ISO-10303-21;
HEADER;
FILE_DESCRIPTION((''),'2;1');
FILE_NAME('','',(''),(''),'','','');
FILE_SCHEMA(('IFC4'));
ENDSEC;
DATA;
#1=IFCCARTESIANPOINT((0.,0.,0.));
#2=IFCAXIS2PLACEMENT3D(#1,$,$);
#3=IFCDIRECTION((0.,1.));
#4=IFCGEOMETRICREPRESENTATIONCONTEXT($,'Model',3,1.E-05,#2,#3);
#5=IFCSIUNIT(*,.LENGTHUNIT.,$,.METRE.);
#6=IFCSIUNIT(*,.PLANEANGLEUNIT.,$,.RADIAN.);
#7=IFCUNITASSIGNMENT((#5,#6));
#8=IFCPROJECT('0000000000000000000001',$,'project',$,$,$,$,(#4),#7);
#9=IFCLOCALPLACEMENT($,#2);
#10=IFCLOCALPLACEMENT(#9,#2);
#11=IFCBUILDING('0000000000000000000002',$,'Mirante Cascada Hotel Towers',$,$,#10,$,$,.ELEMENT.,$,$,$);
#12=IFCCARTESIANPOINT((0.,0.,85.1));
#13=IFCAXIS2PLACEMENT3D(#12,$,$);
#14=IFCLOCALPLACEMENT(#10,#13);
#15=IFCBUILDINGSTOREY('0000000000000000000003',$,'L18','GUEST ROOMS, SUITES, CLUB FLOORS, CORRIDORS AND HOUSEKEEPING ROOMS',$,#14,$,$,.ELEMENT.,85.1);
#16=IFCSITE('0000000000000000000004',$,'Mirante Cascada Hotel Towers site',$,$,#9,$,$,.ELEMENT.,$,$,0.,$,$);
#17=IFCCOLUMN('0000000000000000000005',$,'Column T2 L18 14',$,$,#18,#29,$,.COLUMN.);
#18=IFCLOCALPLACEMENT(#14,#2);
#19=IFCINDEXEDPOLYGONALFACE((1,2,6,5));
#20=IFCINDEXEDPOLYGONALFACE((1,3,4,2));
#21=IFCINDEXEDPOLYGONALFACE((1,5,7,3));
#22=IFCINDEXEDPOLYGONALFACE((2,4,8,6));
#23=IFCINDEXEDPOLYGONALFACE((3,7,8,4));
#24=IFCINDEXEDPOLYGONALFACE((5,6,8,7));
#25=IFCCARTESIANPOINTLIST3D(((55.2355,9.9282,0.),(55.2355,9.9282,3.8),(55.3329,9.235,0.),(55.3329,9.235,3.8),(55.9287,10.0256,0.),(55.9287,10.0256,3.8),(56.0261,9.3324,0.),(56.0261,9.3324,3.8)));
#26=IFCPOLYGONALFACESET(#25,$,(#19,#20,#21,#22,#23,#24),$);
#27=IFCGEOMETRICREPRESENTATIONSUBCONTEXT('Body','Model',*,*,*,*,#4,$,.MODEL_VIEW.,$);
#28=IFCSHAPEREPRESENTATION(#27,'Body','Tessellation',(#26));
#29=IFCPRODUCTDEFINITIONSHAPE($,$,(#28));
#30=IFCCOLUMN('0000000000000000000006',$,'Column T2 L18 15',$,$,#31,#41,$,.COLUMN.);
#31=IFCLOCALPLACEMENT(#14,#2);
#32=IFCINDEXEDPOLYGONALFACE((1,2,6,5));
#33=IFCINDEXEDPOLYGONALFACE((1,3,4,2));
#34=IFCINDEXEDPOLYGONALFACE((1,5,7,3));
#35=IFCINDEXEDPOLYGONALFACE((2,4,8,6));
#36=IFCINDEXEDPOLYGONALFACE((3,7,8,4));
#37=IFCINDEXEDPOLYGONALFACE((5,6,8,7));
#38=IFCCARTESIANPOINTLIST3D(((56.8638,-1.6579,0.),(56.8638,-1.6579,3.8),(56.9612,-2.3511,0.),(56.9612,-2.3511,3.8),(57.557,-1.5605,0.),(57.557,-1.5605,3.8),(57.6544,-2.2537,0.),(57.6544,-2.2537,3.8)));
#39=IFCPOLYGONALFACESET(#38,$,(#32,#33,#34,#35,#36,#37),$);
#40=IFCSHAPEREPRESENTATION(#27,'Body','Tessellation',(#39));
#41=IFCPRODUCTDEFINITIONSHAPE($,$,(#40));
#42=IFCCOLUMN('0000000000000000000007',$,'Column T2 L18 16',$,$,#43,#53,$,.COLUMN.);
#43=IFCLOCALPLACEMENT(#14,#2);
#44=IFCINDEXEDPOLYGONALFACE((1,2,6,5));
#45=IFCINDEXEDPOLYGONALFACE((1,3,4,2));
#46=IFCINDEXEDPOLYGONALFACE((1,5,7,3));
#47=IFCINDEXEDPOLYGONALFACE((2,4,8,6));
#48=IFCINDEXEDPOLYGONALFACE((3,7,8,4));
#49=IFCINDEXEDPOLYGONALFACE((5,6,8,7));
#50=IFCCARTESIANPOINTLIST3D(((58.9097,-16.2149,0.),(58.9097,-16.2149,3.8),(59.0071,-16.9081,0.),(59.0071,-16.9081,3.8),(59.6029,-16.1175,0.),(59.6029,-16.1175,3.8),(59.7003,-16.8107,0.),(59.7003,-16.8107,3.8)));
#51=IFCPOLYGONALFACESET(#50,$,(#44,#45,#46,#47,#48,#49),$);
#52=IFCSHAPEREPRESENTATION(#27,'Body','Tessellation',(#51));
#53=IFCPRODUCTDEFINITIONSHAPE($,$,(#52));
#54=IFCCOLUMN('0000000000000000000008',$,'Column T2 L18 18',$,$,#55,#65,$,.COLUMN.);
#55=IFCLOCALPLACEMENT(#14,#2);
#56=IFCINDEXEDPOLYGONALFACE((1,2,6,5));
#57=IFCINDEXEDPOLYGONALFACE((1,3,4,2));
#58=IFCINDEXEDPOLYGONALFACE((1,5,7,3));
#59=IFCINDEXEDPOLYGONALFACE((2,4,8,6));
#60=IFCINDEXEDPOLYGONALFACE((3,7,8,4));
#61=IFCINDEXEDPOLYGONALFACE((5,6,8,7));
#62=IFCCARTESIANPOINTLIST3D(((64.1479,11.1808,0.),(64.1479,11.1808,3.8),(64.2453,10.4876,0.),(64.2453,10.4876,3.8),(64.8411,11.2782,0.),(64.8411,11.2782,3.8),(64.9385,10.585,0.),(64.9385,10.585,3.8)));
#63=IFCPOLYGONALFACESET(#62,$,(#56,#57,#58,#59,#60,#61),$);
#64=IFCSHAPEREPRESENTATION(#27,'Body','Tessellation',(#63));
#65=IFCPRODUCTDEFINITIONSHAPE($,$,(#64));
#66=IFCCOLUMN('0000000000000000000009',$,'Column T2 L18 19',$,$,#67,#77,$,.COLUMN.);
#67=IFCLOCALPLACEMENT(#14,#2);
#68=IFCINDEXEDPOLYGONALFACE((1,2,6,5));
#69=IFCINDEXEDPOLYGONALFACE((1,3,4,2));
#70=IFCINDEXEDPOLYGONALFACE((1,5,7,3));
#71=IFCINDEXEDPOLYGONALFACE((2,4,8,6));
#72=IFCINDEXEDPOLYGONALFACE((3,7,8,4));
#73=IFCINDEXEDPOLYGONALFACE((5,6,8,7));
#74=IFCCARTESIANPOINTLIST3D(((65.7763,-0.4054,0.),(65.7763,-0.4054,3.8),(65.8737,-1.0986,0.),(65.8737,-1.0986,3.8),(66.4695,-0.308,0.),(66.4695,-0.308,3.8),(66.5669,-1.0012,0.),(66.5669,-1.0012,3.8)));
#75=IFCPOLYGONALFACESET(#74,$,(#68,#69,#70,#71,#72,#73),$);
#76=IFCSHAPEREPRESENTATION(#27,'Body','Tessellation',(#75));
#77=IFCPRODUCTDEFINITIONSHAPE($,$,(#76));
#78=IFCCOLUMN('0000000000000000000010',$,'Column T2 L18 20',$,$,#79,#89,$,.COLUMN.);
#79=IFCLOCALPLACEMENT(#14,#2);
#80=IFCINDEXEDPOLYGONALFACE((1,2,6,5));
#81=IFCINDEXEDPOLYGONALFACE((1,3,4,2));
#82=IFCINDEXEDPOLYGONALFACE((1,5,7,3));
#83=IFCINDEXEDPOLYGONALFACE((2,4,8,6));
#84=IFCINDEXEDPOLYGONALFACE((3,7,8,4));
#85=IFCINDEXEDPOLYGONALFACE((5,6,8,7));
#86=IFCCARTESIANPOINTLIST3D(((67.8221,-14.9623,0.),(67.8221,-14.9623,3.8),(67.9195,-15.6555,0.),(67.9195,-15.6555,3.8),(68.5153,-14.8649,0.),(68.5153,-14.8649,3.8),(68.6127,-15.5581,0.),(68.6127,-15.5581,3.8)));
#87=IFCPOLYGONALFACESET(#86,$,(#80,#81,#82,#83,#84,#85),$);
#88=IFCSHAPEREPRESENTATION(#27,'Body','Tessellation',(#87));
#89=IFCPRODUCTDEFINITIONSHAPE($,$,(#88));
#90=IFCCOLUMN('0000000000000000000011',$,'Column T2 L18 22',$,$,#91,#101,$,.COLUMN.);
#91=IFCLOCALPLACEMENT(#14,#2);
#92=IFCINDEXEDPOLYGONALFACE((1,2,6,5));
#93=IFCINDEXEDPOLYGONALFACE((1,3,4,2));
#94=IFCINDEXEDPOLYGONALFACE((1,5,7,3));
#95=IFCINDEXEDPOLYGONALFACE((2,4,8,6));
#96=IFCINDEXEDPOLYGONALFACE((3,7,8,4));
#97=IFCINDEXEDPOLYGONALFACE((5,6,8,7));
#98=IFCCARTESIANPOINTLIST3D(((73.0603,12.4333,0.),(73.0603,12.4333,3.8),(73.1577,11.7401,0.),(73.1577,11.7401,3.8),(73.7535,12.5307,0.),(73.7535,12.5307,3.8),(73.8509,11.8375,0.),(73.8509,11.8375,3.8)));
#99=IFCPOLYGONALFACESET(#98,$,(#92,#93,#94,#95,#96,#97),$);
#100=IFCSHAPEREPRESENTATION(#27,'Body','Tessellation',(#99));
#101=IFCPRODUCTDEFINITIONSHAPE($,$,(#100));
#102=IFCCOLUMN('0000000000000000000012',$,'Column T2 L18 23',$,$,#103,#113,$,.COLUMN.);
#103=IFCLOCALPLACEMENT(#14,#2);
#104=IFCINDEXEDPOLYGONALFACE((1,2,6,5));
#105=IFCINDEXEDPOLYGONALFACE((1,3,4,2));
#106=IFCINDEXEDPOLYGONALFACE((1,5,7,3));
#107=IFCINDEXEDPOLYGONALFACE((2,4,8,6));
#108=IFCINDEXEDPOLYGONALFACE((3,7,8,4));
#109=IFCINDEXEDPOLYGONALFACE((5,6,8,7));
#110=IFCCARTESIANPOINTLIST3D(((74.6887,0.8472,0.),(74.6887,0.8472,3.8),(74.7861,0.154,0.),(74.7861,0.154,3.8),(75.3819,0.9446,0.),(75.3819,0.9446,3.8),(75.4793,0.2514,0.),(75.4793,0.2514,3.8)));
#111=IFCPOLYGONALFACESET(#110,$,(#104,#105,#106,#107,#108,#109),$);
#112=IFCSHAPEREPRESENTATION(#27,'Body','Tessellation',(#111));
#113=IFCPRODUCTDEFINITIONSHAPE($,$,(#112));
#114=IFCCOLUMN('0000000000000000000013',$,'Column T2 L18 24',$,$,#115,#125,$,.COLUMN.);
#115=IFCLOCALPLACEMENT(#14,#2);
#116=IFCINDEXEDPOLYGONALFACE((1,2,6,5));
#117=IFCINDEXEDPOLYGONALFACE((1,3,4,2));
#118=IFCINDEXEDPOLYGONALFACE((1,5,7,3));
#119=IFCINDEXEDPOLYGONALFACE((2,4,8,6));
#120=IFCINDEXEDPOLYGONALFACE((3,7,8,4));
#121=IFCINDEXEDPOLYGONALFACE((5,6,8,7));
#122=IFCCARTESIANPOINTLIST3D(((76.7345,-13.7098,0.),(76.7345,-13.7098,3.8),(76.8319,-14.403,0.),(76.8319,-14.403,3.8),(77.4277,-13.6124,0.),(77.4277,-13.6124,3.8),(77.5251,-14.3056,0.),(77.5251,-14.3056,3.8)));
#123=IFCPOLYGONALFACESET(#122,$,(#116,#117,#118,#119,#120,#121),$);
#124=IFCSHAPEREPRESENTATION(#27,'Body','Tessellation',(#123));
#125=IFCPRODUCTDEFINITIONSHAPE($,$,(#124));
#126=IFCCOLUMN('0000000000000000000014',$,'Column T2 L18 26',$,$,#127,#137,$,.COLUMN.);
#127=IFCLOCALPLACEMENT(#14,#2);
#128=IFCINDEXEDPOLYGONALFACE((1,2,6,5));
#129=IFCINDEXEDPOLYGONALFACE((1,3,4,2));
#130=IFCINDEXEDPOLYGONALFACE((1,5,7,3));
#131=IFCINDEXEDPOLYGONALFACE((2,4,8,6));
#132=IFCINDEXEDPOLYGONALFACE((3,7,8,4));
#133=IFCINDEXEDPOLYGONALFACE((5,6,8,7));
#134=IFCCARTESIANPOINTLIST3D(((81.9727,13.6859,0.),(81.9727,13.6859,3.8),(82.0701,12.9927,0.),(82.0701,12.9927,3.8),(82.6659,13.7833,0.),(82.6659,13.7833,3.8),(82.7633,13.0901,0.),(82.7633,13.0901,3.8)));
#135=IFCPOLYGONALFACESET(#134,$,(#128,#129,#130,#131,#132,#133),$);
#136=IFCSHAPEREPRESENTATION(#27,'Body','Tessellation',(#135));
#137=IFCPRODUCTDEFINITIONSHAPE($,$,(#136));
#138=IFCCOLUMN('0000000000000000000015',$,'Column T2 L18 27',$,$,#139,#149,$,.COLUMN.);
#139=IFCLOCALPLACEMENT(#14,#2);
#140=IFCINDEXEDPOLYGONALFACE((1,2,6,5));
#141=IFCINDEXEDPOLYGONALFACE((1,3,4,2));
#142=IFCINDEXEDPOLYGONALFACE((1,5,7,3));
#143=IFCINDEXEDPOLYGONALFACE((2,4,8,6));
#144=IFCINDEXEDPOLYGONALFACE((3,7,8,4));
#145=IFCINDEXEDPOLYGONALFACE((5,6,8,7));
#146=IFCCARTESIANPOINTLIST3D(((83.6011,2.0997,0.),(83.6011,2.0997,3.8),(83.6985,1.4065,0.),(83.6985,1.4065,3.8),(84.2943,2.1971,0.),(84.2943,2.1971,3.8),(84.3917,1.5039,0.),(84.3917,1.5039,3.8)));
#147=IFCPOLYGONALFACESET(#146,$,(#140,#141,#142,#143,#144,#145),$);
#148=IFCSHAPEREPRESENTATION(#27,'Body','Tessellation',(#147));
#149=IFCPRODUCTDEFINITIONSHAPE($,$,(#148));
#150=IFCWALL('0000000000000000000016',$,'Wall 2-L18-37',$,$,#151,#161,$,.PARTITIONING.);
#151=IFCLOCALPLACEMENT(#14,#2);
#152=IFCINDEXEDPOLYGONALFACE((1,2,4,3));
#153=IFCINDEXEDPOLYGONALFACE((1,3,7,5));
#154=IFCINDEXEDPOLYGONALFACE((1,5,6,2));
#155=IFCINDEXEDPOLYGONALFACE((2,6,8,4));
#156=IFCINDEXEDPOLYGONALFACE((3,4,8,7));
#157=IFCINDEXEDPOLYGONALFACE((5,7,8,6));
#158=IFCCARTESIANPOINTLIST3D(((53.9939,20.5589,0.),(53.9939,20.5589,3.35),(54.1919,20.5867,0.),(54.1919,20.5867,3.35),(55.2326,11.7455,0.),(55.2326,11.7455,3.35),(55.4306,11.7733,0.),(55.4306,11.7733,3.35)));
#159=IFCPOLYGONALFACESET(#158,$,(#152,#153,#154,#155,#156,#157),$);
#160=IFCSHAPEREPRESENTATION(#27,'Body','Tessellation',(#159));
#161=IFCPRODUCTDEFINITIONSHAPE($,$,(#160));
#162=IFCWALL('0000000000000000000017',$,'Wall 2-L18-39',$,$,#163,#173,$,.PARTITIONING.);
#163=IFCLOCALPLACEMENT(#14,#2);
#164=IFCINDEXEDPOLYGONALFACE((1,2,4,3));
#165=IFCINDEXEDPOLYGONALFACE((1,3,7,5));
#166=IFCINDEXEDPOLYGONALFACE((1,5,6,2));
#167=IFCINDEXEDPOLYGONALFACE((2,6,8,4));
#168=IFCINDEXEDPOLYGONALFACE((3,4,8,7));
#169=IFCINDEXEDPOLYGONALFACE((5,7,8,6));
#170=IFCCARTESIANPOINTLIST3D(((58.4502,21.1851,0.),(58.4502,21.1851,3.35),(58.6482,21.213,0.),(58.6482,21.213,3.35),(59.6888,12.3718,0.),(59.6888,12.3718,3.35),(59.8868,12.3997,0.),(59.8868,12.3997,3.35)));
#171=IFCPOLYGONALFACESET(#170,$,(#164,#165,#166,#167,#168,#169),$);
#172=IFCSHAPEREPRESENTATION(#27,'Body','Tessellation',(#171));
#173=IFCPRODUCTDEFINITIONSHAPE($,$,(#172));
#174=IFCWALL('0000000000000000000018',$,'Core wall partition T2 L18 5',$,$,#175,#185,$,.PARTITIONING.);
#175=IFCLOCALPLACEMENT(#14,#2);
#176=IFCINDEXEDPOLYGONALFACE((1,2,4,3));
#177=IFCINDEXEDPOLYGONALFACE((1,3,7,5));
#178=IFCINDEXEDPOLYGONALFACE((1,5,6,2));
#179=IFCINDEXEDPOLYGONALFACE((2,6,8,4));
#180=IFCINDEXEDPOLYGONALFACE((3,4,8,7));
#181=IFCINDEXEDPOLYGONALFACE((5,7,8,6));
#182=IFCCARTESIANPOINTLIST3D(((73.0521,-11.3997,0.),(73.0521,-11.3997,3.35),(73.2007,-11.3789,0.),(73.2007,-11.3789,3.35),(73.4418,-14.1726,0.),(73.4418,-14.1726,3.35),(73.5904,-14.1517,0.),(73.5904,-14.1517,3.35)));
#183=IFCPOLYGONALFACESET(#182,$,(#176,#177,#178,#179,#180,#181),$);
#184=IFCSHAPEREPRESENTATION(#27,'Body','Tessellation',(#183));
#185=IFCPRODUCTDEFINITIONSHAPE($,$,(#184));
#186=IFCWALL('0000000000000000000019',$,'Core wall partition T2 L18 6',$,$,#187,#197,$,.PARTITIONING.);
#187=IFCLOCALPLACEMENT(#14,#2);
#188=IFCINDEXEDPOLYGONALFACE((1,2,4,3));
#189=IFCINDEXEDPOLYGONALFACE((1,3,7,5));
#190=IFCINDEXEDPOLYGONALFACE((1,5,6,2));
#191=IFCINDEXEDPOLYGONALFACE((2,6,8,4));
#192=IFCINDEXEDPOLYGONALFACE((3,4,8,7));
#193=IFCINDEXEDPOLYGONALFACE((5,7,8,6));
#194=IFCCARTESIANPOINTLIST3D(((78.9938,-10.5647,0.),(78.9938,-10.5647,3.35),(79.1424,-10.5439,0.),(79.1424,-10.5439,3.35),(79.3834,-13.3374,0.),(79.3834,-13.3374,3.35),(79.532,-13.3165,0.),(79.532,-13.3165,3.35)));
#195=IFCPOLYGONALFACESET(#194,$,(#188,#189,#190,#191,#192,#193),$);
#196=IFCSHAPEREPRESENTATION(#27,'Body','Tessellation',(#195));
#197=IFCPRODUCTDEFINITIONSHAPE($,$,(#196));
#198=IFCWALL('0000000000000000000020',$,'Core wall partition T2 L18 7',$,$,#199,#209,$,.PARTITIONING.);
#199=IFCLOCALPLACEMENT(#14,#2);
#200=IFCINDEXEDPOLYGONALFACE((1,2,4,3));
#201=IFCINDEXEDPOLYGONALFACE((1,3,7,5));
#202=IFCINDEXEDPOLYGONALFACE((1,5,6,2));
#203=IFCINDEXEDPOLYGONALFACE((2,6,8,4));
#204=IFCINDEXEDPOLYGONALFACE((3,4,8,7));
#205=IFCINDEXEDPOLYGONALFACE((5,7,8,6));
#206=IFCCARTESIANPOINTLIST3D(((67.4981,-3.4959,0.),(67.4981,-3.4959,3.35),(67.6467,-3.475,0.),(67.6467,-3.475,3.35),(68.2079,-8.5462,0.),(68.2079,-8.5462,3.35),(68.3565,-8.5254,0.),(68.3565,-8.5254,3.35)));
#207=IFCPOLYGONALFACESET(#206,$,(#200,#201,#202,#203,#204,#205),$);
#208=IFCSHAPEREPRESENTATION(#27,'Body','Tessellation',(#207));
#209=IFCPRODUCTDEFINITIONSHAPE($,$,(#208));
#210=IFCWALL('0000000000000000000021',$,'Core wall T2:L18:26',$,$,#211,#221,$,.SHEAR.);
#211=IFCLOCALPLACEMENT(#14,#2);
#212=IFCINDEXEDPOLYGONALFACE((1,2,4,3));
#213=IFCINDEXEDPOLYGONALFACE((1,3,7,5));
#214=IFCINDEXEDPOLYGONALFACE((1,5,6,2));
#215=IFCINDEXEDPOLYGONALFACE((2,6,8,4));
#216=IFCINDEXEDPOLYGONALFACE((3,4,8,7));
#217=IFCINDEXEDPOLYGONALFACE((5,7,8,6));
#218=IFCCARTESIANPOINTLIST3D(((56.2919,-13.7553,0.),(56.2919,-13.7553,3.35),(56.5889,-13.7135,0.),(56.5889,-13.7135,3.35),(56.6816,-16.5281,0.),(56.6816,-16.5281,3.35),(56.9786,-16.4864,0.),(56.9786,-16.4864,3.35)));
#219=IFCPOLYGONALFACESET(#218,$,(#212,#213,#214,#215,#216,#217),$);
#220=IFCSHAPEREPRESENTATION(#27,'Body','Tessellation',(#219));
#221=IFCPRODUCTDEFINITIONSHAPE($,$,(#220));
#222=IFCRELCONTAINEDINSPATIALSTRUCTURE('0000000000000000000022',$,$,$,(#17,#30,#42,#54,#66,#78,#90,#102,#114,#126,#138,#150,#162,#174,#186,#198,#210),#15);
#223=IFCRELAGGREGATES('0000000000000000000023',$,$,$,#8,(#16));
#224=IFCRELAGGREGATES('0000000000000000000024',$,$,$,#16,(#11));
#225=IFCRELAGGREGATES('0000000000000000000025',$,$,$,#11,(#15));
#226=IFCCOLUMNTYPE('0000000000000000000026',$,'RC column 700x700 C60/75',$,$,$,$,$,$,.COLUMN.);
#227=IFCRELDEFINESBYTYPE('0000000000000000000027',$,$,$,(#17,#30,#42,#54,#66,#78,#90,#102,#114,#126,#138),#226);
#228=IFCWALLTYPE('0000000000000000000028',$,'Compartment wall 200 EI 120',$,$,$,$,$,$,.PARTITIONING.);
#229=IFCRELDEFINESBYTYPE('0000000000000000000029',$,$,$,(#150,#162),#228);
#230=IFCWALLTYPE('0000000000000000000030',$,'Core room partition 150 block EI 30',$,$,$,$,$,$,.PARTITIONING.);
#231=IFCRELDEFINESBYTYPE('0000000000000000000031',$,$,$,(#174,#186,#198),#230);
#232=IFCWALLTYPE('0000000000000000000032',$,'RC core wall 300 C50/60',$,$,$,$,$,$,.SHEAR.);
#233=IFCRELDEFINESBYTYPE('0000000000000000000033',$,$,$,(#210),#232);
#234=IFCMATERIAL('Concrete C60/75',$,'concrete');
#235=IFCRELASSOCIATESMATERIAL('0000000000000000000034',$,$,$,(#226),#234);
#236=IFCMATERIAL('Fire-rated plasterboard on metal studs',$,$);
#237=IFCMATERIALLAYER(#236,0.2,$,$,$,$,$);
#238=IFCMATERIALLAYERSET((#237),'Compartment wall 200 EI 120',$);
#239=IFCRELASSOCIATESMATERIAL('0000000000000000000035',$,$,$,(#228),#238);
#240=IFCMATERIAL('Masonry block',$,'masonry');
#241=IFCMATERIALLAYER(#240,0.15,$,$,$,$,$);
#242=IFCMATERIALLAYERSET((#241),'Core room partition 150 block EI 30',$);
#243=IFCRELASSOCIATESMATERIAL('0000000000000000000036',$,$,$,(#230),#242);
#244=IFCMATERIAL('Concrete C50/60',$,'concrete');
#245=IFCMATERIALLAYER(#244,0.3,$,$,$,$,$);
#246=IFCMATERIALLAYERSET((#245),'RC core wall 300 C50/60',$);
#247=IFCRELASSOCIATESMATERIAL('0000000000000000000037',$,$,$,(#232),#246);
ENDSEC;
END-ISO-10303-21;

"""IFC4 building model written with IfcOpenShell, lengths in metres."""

from ifc_helpers import new_model, si_unit, direction, frame, frame_2d, origin, origin_2d, place, context, subcontext, project, spatial, rectangle, extrude, material, layer, layer_set, material_profile, profile_set, type_object, element, save


model = new_model("IFC4")

# Units and contexts
model_context = context("Model", 3, precision=1e-05, world=origin(), true_north=direction((0.0, 1.0)))
body_context = subcontext(model_context, "Body", "Model", "MODEL_VIEW")
ifc_project = project(units=[si_unit("LENGTHUNIT", "METRE"), si_unit("PLANEANGLEUNIT", "RADIAN")], contexts=[model_context])

# Site, building, storey
site_placement = place(None, origin())
site = spatial("IfcSite", under=ifc_project, at=site_placement, Name="Mirante Cascada Hotel Towers site", CompositionType="ELEMENT", RefElevation=0.0)
building_placement = place(site_placement, origin())
building = spatial("IfcBuilding", under=site, at=building_placement, Name="Mirante Cascada Hotel Towers", CompositionType="ELEMENT")
storey_placement = place(building_placement, frame((0.0, 0.0, 85.1)))
storey = spatial("IfcBuildingStorey", under=building, at=storey_placement, Name="L18", Description="GUEST ROOMS, SUITES, CLUB FLOORS, CORRIDORS AND HOUSEKEEPING ROOMS", CompositionType="ELEMENT", Elevation=85.1)

# Columns
ifc_material_1 = material(Name="Concrete C60/75", Category="concrete")
ifc_material_profile = material_profile(ifc_material_1, rectangle(XDim=0.7, YDim=0.7, at=origin_2d()), Name="RC column 700x700 C60/75")
ifc_profile_set = profile_set([ifc_material_profile], Name="Concrete C60/75")
column_type = type_object("IfcColumnType", Name="RC column 700x700 C60/75", PredefinedType="COLUMN", material=ifc_profile_set)
for number, where, z_axis, x_axis, name in (
    (1, (55.6308, 9.6303, 0.0), (0.0, 0.0, 1.0), (0.990268, 0.139173, 0.0), "Column T2 L18 14"),
    (2, (57.2591, -1.9558, 0.0), (0.0, 0.0, 1.0), (0.990268, 0.139173, 0.0), "Column T2 L18 15"),
    (3, (59.305, -16.5128, 0.0), (0.0, 0.0, 1.0), (0.990268, 0.139173, 0.0), "Column T2 L18 16"),
    (4, (64.5432, 10.8829, 0.0), (0.0, 0.0, 1.0), (0.990268, 0.139173, 0.0), "Column T2 L18 18"),
    (5, (66.1716, -0.7033, 0.0), (0.0, 0.0, 1.0), (0.990268, 0.139173, 0.0), "Column T2 L18 19"),
    (6, (68.2174, -15.2602, 0.0), (0.0, 0.0, 1.0), (0.990268, 0.139173, 0.0), "Column T2 L18 20"),
    (7, (73.4556, 12.1354, 0.0), (0.0, 0.0, 1.0), (0.990268, 0.139173, 0.0), "Column T2 L18 22"),
    (8, (75.084, 0.5493, 0.0), (0.0, 0.0, 1.0), (0.990268, 0.139173, 0.0), "Column T2 L18 23"),
    (9, (77.1298, -14.0077, 0.0), (0.0, 0.0, 1.0), (0.990268, 0.139173, 0.0), "Column T2 L18 24"),
    (10, (82.368, 13.388, 0.0), (0.0, 0.0, 1.0), (0.990268, 0.139173, 0.0), "Column T2 L18 26"),
    (11, (83.9964, 1.8018, 0.0), (0.0, 0.0, 1.0), (0.990268, 0.139173, 0.0), "Column T2 L18 27"),
):
    element("IfcColumn", number, at=place(storey_placement, frame(where, z_axis=z_axis, x_axis=x_axis)), inside=storey, type_object=column_type, Name=name, PredefinedType="COLUMN", context=body_context, shape_type="SweptSolid", body=[
        extrude(rectangle(XDim=0.7, YDim=0.7, at=origin_2d()), origin(), (0.0, 0.0, 1.0), 3.8),
    ])

# Walls
ifc_material_2 = material(Name="Fire-rated plasterboard on metal studs")
ifc_layer_1 = layer(ifc_material_2, 0.2)
ifc_layer_set_1 = layer_set([ifc_layer_1], Name="Compartment wall 200 EI 120")
wall_type_1 = type_object("IfcWallType", Name="Compartment wall 200 EI 120", PredefinedType="PARTITIONING", material=ifc_layer_set_1)
wall_1_placement = place(storey_placement, frame((55.3316, 11.7594, 0.0), z_axis=(0.0, 0.0, 1.0), x_axis=(-0.139179, 0.990267, 0.0)))
element("IfcWall", 12, at=wall_1_placement, inside=storey, type_object=wall_type_1, Name="Wall 2-L18-37", PredefinedType="PARTITIONING", context=body_context, shape_type="SweptSolid", body=[
    extrude(rectangle(XDim=8.9, YDim=0.2, at=frame_2d((4.45, 0.0))), origin(), (0.0, 0.0, 1.0), 3.35),
])
wall_2_placement = place(storey_placement, frame((59.7878, 12.3857, 0.0), z_axis=(0.0, 0.0, 1.0), x_axis=(-0.13917, 0.990268, 0.0)))
element("IfcWall", 13, at=wall_2_placement, inside=storey, type_object=wall_type_1, Name="Wall 2-L18-39", PredefinedType="PARTITIONING", context=body_context, shape_type="SweptSolid", body=[
    extrude(rectangle(XDim=8.8999, YDim=0.2, at=frame_2d((4.45, 0.0))), origin(), (0.0, 0.0, 1.0), 3.35),
])
ifc_material_3 = material(Name="Masonry block", Category="masonry")
ifc_layer_2 = layer(ifc_material_3, 0.15)
ifc_layer_set_2 = layer_set([ifc_layer_2], Name="Core room partition 150 block EI 30")
wall_type_2 = type_object("IfcWallType", Name="Core room partition 150 block EI 30", PredefinedType="PARTITIONING", material=ifc_layer_set_2)
wall_3_placement = place(storey_placement, frame((73.5161, -14.1621, 0.0), z_axis=(0.0, 0.0, 1.0), x_axis=(-0.139176, 0.990268, 0.0)))
element("IfcWall", 14, at=wall_3_placement, inside=storey, type_object=wall_type_2, Name="Core wall partition T2 L18 5", PredefinedType="PARTITIONING", context=body_context, shape_type="SweptSolid", body=[
    extrude(rectangle(XDim=2.8001, YDim=0.15, at=frame_2d((1.4, 0.0))), origin(), (0.0, 0.0, 1.0), 3.35),
])
wall_4_placement = place(storey_placement, frame((79.4577, -13.327, 0.0), z_axis=(0.0, 0.0, 1.0), x_axis=(-0.139146, 0.990272, 0.0)))
element("IfcWall", 15, at=wall_4_placement, inside=storey, type_object=wall_type_2, Name="Core wall partition T2 L18 6", PredefinedType="PARTITIONING", context=body_context, shape_type="SweptSolid", body=[
    extrude(rectangle(XDim=2.7999, YDim=0.15, at=frame_2d((1.4, 0.0))), origin(), (0.0, 0.0, 1.0), 3.35),
])
wall_5_placement = place(storey_placement, frame((68.2822, -8.5358, 0.0), z_axis=(0.0, 0.0, 1.0), x_axis=(-0.139176, 0.990268, 0.0)))
element("IfcWall", 16, at=wall_5_placement, inside=storey, type_object=wall_type_2, Name="Core wall partition T2 L18 7", PredefinedType="PARTITIONING", context=body_context, shape_type="SweptSolid", body=[
    extrude(rectangle(XDim=5.1, YDim=0.15, at=frame_2d((2.55, 0.0))), origin(), (0.0, 0.0, 1.0), 3.35),
])
ifc_material_4 = material(Name="Concrete C50/60", Category="concrete")
ifc_layer_3 = layer(ifc_material_4, 0.3)
ifc_layer_set_3 = layer_set([ifc_layer_3], Name="RC core wall 300 C50/60")
wall_type_3 = type_object("IfcWallType", Name="RC core wall 300 C50/60", PredefinedType="SHEAR", material=ifc_layer_set_3)
for number, where, z_axis, x_axis, name in (
    (17, (56.8301, -16.5072, 0.0), (0.0, 0.0, 1.0), (-0.139176, 0.990268, 0.0), "Core wall T2:L18:26"),
):
    element("IfcWall", number, at=place(storey_placement, frame(where, z_axis=z_axis, x_axis=x_axis)), inside=storey, type_object=wall_type_3, Name=name, PredefinedType="SHEAR", context=body_context, shape_type="SweptSolid", body=[
        extrude(rectangle(XDim=2.8001, YDim=0.3, at=frame_2d((1.4, 0.0))), origin(), (0.0, 0.0, 1.0), 3.35),
    ])

save(model, "model.ifc")
